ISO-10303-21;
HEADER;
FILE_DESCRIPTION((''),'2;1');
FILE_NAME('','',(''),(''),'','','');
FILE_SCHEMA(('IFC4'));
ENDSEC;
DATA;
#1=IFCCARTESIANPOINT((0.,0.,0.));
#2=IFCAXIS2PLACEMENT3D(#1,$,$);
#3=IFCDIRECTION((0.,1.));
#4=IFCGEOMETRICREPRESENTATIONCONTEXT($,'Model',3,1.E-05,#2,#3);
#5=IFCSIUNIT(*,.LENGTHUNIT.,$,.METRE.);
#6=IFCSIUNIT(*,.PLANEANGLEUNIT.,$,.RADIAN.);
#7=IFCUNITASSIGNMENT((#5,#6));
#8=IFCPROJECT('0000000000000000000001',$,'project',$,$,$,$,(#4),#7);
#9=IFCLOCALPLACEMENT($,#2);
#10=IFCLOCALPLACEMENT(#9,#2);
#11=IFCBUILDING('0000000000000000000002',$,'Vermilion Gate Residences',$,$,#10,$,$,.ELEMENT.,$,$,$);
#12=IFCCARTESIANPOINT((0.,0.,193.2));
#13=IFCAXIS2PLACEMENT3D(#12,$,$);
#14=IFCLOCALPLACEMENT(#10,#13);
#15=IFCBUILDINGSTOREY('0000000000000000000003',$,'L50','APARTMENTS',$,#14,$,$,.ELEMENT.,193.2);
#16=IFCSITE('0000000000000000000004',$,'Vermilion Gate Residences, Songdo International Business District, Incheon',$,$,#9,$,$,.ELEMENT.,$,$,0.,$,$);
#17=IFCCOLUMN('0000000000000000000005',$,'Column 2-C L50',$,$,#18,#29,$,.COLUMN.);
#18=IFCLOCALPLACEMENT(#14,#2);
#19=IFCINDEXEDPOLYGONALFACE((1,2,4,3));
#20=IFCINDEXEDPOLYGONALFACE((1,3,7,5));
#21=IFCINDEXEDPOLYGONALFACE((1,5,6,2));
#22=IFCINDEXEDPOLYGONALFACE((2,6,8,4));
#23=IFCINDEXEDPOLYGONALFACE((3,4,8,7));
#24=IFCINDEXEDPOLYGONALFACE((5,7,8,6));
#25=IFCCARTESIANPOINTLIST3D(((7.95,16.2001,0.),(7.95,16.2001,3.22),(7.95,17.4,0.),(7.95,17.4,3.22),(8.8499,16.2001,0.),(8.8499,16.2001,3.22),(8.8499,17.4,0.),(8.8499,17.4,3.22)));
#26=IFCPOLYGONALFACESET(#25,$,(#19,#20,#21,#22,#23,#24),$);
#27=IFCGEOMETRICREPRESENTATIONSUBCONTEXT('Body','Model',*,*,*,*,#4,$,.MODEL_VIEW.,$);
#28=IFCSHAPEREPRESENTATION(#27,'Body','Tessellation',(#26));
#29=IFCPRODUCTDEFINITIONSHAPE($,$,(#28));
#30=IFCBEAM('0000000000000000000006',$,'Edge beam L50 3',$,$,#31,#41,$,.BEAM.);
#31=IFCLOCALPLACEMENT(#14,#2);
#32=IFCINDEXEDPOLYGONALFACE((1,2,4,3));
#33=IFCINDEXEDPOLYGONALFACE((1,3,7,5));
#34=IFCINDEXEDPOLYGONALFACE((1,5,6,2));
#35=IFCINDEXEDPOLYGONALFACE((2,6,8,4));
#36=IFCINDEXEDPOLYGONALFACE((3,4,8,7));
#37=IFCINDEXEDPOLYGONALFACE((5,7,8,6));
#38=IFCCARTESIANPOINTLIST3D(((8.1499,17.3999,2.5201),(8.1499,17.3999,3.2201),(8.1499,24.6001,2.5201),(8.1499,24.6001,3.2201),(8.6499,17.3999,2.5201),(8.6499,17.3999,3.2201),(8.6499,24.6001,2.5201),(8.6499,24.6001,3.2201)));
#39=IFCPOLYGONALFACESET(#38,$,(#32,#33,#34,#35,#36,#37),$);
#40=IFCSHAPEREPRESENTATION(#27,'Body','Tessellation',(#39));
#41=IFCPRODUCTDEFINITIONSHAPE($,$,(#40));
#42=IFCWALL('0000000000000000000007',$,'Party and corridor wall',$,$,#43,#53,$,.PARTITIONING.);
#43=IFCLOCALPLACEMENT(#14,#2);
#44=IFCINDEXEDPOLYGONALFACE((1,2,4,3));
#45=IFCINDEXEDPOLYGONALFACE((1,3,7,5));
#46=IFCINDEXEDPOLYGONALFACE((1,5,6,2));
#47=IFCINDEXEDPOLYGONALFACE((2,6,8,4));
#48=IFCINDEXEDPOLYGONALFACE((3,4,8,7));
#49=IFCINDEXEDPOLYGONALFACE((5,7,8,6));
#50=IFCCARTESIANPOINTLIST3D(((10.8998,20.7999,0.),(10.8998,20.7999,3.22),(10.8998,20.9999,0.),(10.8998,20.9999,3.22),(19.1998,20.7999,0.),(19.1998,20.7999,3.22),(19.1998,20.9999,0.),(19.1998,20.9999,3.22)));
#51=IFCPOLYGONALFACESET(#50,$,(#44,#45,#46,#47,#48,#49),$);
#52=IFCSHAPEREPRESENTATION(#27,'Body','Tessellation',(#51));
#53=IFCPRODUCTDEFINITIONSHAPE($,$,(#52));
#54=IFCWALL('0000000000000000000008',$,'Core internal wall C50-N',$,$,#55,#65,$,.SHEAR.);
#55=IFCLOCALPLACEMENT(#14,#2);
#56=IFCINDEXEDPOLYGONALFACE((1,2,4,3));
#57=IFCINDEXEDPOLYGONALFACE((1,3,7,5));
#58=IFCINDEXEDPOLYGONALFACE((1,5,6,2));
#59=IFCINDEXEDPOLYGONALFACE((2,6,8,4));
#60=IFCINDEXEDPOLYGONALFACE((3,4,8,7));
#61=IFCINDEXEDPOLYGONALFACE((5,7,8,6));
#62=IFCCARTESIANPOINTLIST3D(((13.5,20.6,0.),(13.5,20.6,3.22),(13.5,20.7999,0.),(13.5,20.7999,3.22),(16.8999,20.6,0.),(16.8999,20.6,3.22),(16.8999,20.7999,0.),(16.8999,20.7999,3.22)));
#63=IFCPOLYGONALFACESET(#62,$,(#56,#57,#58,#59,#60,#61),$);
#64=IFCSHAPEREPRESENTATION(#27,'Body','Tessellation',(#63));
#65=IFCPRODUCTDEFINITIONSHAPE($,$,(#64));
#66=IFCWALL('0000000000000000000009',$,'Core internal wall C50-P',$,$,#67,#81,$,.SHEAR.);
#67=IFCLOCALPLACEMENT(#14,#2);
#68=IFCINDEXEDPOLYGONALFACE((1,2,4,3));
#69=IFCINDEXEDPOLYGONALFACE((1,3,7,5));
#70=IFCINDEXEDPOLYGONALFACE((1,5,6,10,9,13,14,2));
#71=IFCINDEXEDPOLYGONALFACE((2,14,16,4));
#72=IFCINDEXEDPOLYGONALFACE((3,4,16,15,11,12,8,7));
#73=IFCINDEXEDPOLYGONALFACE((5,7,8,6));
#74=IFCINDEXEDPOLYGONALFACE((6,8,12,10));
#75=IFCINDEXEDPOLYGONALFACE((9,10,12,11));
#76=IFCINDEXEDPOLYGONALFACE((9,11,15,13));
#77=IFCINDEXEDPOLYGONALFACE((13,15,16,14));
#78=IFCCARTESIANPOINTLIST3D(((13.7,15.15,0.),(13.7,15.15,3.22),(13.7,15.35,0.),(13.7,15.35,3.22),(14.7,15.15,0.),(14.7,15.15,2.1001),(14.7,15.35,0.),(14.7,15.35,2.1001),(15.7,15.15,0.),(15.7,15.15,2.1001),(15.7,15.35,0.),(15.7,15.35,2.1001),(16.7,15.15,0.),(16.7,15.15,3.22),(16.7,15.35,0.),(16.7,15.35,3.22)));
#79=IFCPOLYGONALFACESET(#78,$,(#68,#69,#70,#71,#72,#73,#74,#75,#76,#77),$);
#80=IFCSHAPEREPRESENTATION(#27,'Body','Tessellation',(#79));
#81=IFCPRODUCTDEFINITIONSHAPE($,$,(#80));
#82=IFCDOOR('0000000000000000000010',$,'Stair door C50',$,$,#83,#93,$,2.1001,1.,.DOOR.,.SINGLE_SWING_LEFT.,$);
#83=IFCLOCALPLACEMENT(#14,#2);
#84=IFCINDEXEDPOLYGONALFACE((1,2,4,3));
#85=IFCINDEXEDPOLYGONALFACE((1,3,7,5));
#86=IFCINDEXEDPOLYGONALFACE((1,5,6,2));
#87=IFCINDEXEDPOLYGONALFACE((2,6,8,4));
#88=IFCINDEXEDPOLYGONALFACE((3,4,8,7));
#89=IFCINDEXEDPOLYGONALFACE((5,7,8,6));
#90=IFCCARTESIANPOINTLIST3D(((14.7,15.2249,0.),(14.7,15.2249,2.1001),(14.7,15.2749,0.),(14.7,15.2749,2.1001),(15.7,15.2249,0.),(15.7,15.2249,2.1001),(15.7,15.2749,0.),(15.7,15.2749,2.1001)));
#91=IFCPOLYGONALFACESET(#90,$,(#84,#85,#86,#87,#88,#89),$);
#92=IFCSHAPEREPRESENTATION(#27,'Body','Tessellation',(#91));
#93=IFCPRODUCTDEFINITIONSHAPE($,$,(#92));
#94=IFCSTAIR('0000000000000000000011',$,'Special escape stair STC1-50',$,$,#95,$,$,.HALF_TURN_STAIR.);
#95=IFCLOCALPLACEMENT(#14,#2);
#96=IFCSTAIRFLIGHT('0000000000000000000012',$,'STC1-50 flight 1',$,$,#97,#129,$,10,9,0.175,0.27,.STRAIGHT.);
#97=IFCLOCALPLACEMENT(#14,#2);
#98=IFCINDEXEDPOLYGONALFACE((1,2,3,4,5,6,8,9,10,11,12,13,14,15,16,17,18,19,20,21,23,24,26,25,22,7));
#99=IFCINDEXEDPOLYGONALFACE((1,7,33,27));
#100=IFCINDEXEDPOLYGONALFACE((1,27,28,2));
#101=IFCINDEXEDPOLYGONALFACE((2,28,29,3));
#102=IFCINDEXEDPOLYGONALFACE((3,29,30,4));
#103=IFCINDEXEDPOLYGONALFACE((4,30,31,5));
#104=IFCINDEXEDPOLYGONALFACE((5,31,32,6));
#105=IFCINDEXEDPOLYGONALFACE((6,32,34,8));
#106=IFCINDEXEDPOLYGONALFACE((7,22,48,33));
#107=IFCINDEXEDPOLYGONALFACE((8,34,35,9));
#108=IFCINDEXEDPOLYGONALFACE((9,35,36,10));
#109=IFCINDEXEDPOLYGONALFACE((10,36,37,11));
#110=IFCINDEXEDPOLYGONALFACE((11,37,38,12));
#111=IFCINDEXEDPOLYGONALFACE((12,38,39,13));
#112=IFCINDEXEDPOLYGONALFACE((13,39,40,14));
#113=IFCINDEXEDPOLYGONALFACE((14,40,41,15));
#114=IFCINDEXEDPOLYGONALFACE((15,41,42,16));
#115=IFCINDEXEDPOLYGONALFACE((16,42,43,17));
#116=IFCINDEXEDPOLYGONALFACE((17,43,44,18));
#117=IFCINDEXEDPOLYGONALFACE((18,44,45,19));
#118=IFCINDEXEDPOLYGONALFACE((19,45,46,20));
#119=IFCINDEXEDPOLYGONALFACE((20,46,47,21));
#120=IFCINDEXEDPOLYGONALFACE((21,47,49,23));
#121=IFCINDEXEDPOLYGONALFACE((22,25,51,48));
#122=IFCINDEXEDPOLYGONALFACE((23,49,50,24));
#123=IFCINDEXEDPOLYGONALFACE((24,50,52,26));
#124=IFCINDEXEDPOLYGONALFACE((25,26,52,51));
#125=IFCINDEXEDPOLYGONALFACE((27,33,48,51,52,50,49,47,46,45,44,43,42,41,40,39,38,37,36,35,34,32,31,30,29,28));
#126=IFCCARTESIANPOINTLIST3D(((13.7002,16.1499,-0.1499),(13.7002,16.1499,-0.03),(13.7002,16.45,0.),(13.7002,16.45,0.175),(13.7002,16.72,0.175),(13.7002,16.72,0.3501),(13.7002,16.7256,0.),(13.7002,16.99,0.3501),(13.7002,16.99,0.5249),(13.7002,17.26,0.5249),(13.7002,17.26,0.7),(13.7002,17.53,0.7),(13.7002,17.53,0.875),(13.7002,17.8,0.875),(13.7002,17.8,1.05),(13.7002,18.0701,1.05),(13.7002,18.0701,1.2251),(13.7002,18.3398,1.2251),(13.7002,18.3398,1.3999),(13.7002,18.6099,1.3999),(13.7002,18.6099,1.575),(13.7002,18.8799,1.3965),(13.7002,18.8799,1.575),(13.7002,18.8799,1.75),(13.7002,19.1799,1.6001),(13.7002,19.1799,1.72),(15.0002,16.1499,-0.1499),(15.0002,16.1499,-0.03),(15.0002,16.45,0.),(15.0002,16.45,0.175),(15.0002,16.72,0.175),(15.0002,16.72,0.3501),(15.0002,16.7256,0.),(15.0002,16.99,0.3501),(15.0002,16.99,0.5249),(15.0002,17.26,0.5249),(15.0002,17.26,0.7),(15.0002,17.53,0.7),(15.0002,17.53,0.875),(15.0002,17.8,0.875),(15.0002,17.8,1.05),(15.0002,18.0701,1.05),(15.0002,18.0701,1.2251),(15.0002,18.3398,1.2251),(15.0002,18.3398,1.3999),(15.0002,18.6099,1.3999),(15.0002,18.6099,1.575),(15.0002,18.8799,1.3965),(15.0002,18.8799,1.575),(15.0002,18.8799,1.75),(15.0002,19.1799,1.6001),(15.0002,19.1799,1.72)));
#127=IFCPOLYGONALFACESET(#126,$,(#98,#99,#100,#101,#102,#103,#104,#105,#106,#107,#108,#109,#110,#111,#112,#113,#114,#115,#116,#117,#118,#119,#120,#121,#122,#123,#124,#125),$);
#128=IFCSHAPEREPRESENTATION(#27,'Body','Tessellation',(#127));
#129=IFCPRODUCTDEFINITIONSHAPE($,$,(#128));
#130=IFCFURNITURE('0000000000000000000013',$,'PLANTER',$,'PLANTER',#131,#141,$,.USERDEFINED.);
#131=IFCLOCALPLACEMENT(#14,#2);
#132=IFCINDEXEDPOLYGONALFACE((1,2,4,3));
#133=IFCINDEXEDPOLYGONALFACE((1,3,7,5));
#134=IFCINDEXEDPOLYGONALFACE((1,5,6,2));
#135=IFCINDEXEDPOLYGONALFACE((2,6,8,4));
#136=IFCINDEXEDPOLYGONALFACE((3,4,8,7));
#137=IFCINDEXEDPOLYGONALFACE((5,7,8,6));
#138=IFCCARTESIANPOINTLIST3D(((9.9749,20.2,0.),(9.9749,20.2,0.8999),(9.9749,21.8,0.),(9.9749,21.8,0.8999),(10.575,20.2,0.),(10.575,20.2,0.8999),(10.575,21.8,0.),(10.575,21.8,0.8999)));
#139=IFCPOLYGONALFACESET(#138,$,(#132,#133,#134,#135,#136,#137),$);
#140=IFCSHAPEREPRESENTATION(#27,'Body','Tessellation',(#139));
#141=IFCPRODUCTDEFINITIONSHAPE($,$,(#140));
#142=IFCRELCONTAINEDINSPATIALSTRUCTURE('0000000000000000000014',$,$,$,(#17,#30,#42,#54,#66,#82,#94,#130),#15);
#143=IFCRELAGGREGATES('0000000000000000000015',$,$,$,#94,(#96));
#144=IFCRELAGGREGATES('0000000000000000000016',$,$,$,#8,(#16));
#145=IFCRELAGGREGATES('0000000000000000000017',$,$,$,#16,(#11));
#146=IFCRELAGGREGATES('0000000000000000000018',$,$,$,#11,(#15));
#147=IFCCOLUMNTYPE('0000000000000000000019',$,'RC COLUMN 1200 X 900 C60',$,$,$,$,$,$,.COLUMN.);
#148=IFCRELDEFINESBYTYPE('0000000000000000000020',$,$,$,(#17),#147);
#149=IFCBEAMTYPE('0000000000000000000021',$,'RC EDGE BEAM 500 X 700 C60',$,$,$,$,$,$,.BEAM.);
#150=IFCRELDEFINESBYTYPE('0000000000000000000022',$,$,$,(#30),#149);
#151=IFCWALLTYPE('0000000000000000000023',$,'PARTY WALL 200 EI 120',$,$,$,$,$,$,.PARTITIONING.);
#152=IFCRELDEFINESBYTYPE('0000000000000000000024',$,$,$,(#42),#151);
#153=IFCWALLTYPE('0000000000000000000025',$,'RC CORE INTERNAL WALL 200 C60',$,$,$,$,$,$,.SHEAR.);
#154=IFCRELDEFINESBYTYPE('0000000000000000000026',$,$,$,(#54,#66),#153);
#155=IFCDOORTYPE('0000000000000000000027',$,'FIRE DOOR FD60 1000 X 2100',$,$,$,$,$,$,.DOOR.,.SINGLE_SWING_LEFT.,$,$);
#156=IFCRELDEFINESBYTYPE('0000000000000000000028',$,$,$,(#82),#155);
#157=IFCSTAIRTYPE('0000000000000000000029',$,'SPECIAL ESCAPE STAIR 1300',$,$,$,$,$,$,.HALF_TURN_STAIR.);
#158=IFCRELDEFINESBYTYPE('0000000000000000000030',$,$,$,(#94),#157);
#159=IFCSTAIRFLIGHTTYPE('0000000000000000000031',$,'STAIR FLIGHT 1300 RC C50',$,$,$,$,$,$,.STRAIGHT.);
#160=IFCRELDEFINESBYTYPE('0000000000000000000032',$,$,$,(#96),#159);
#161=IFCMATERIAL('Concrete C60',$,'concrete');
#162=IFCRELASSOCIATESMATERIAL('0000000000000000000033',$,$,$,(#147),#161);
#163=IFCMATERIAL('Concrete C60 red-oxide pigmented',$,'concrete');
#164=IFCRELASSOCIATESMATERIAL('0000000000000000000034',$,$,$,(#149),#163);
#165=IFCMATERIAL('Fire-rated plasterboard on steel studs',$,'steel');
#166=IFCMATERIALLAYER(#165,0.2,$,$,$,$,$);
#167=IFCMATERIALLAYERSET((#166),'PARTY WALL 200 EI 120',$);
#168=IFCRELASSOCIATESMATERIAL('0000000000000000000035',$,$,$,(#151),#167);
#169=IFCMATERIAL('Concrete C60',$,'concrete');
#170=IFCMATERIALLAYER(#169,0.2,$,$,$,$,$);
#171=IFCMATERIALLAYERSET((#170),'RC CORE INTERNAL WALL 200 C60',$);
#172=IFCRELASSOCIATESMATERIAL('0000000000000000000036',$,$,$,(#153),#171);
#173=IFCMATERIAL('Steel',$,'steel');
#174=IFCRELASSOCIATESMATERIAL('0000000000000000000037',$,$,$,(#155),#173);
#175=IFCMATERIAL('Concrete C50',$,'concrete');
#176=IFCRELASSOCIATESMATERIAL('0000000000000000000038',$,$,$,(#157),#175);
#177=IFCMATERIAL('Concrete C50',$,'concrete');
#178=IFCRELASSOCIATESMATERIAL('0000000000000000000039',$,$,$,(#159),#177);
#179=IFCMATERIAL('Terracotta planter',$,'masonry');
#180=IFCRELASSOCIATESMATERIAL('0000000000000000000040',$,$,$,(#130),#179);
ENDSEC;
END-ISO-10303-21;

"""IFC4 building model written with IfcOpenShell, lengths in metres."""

from ifc_helpers import new_model, si_unit, direction, frame, frame_2d, origin, origin_2d, place, context, subcontext, project, spatial, polyline, rectangle, outline, extrude, material, layer, layer_set, material_profile, profile_set, type_object, element, fill, aggregate, save


model = new_model("IFC4")

# Units and contexts
model_context = context("Model", 3, precision=1e-05, world=origin(), true_north=direction((0.0, 1.0)))
body_context = subcontext(model_context, "Body", "Model", "MODEL_VIEW")
ifc_project = project(units=[si_unit("LENGTHUNIT", "METRE"), si_unit("PLANEANGLEUNIT", "RADIAN")], contexts=[model_context])

# Site, building, storey
site_placement = place(None, origin())
site = spatial("IfcSite", under=ifc_project, at=site_placement, Name="Vermilion Gate Residences, Songdo International Business District, Incheon", CompositionType="ELEMENT", RefElevation=0.0)
building_placement = place(site_placement, origin())
building = spatial("IfcBuilding", under=site, at=building_placement, Name="Vermilion Gate Residences", CompositionType="ELEMENT")
storey_placement = place(building_placement, frame((0.0, 0.0, 193.2)))
storey = spatial("IfcBuildingStorey", under=building, at=storey_placement, Name="L50", Description="APARTMENTS", CompositionType="ELEMENT", Elevation=193.2)

# Column
ifc_material_1 = material(Name="Concrete C60", Category="concrete")
ifc_material_profile_1 = material_profile(ifc_material_1, rectangle(XDim=1.2, YDim=0.8999, at=origin_2d()), Name="RC-1200x900")
ifc_profile_set_1 = profile_set([ifc_material_profile_1], Name="Concrete C60")
column_type = type_object("IfcColumnType", Name="RC COLUMN 1200 X 900 C60", PredefinedType="COLUMN", material=ifc_profile_set_1)
column_placement = place(storey_placement, frame((8.3999, 16.8, 0.0), z_axis=(0.0, 0.0, 1.0), x_axis=(0.0, 1.0, 0.0)))
element("IfcColumn", 1, at=column_placement, inside=storey, type_object=column_type, Name="Column 2-C L50", PredefinedType="COLUMN", context=body_context, shape_type="SweptSolid", body=[
    extrude(rectangle(XDim=1.2, YDim=0.8999, at=origin_2d()), origin(), (0.0, 0.0, 1.0), 3.22),
])

# Beam
ifc_material_2 = material(Name="Concrete C60 red-oxide pigmented", Category="concrete")
ifc_material_profile_2 = material_profile(ifc_material_2, rectangle(XDim=0.5, YDim=0.7, at=origin_2d()), Name="RC-500x700")
ifc_profile_set_2 = profile_set([ifc_material_profile_2], Name="Concrete C60 red-oxide pigmented")
beam_type = type_object("IfcBeamType", Name="RC EDGE BEAM 500 X 700 C60", PredefinedType="BEAM", material=ifc_profile_set_2)
beam_placement = place(storey_placement, frame((8.3999, 17.3999, 2.8701), z_axis=(0.0, 1.0, 0.0), x_axis=(-1.0, 0.0, 0.0)))
element("IfcBeam", 2, at=beam_placement, inside=storey, type_object=beam_type, Name="Edge beam L50 3", PredefinedType="BEAM", context=body_context, shape_type="SweptSolid", body=[
    extrude(rectangle(XDim=0.5, YDim=0.7, at=origin_2d()), origin(), (0.0, 0.0, 1.0), 7.2002),
])

# Walls
ifc_material_3 = material(Name="Fire-rated plasterboard on steel studs", Category="steel")
ifc_layer_1 = layer(ifc_material_3, 0.2)
ifc_layer_set_1 = layer_set([ifc_layer_1], Name="PARTY WALL 200 EI 120")
wall_type_1 = type_object("IfcWallType", Name="PARTY WALL 200 EI 120", PredefinedType="PARTITIONING", material=ifc_layer_set_1)
wall_1_placement = place(storey_placement, frame((10.8999, 20.8999, 0.0), z_axis=(0.0, 0.0, 1.0), x_axis=(1.0, 0.0, 0.0)))
element("IfcWall", 3, at=wall_1_placement, inside=storey, type_object=wall_type_1, Name="Party and corridor wall", PredefinedType="PARTITIONING", context=body_context, shape_type="SweptSolid", body=[
    extrude(rectangle(XDim=8.3, YDim=0.2, at=frame_2d((4.1499, 0.0))), origin(), (0.0, 0.0, 1.0), 3.22),
])
ifc_material_4 = material(Name="Concrete C60", Category="concrete")
ifc_layer_2 = layer(ifc_material_4, 0.2)
ifc_layer_set_2 = layer_set([ifc_layer_2], Name="RC CORE INTERNAL WALL 200 C60")
wall_type_2 = type_object("IfcWallType", Name="RC CORE INTERNAL WALL 200 C60", PredefinedType="SHEAR", material=ifc_layer_set_2)
wall_2_placement = place(storey_placement, frame((13.5, 20.7, 0.0), z_axis=(0.0, 0.0, 1.0), x_axis=(1.0, 0.0, 0.0)))
element("IfcWall", 4, at=wall_2_placement, inside=storey, type_object=wall_type_2, Name="Core internal wall C50-N", PredefinedType="SHEAR", context=body_context, shape_type="SweptSolid", body=[
    extrude(rectangle(XDim=3.3999, YDim=0.2, at=frame_2d((1.7, 0.0))), origin(), (0.0, 0.0, 1.0), 3.22),
])

# Wall, opening, door
wall_3_placement = place(storey_placement, frame((13.7, 15.25, 0.0), z_axis=(0.0, 0.0, 1.0), x_axis=(1.0, 0.0, 0.0)))
wall_3 = element("IfcWall", 5, at=wall_3_placement, inside=storey, type_object=wall_type_2, Name="Core internal wall C50-P", PredefinedType="SHEAR", context=body_context, shape_type="SweptSolid", body=[
    extrude(rectangle(XDim=3.0, YDim=0.2, at=frame_2d((1.5, 0.0))), origin(), (0.0, 0.0, 1.0), 3.22),
])
opening_placement = place(wall_3_placement, frame((1.0, 0.0, 0.0)))
opening = element("IfcOpeningElement", 6, at=opening_placement, cuts=wall_3, PredefinedType="OPENING", context=body_context, shape_type="SweptSolid", body=[
    extrude(rectangle(XDim=1.0, YDim=2.1001, at=frame_2d((0.5, 1.05))), frame((0.0, 0.1099, 0.0), z_axis=(0.0, -1.0, 0.0), x_axis=(1.0, 0.0, 0.0)), (0.0, 0.0, 1.0), 0.22),
])
ifc_material_5 = material(Name="Steel", Category="steel")
door_type = type_object("IfcDoorType", Name="FIRE DOOR FD60 1000 X 2100", OperationType="SINGLE_SWING_LEFT", PredefinedType="DOOR", material=ifc_material_5)
door_placement = place(opening_placement, origin())
door = element("IfcDoor", 7, at=door_placement, inside=storey, type_object=door_type, Name="Stair door C50", OperationType="SINGLE_SWING_LEFT", OverallHeight=2.1001, OverallWidth=1.0, PredefinedType="DOOR", context=body_context, shape_type="SweptSolid", body=[
    extrude(rectangle(XDim=1.0, YDim=2.1001, at=frame_2d((0.5, 1.05))), frame((0.0, 0.0249, 0.0), z_axis=(0.0, -1.0, 0.0), x_axis=(1.0, 0.0, 0.0)), (0.0, 0.0, 1.0), 0.05),
])
fill(opening, door)

# Stair, stair flight
ifc_material_6 = material(Name="Concrete C50", Category="concrete")
stair_type = type_object("IfcStairType", Name="SPECIAL ESCAPE STAIR 1300", PredefinedType="HALF_TURN_STAIR", material=ifc_material_6)
stair_placement = place(storey_placement, origin())
stair = element("IfcStair", 8, at=stair_placement, inside=storey, type_object=stair_type, Name="Special escape stair STC1-50", PredefinedType="HALF_TURN_STAIR")
ifc_material_7 = material(Name="Concrete C50", Category="concrete")
stair_flight_type = type_object("IfcStairFlightType", Name="STAIR FLIGHT 1300 RC C50", PredefinedType="STRAIGHT", material=ifc_material_7)
stair_flight_placement = place(storey_placement, frame((14.3501, 16.45, 0.0), z_axis=(0.0, 0.0, 1.0), x_axis=(0.0, 1.0, 0.0)))
stair_flight = element("IfcStairFlight", 9, at=stair_flight_placement, type_object=stair_flight_type, Name="STC1-50 flight 1", NumberOfRisers=10, NumberOfTreads=9, PredefinedType="STRAIGHT", RiserHeight=0.175, TreadLength=0.27, context=body_context, shape_type="SweptSolid", body=[
    extrude(outline(polyline([(-0.3, -0.1499), (-0.3, -0.03), (0.0, 0.0), (0.0, 0.175), (0.27, 0.175), (0.27, 0.3501), (0.54, 0.3501), (0.54, 0.5249), (0.8101, 0.5249), (0.8101, 0.7), (1.0801, 0.7), (1.0801, 0.875), (1.3501, 0.875), (1.3501, 1.05), (1.6201, 1.05), (1.6201, 1.2251), (1.8899, 1.2251), (1.8899, 1.3999), (2.1599, 1.3999), (2.1599, 1.575), (2.4299, 1.575), (2.4299, 1.75), (2.73, 1.72), (2.73, 1.6001), (2.4299, 1.3965), (0.2756, 0.0), (-0.3, -0.1499)])), frame((0.0, 0.6499, 0.0), z_axis=(0.0, -1.0, 0.0), x_axis=(1.0, 0.0, 0.0)), (0.0, 0.0, 1.0), 1.3),
])
aggregate(stair, [stair_flight])

# Furniture
ifc_material_8 = material(Name="Terracotta planter", Category="masonry")
furniture_placement = place(storey_placement, frame((10.2749, 21.0, 0.0), z_axis=(0.0, 0.0, 1.0), x_axis=(0.0, -1.0, 0.0)))
element("IfcFurniture", 10, at=furniture_placement, inside=storey, material=ifc_material_8, Name="PLANTER", ObjectType="PLANTER", PredefinedType="USERDEFINED", context=body_context, shape_type="SweptSolid", body=[
    extrude(rectangle(XDim=1.6001, YDim=0.6001, at=origin_2d()), origin(), (0.0, 0.0, 1.0), 0.8999),
])

save(model, "model.ifc")
